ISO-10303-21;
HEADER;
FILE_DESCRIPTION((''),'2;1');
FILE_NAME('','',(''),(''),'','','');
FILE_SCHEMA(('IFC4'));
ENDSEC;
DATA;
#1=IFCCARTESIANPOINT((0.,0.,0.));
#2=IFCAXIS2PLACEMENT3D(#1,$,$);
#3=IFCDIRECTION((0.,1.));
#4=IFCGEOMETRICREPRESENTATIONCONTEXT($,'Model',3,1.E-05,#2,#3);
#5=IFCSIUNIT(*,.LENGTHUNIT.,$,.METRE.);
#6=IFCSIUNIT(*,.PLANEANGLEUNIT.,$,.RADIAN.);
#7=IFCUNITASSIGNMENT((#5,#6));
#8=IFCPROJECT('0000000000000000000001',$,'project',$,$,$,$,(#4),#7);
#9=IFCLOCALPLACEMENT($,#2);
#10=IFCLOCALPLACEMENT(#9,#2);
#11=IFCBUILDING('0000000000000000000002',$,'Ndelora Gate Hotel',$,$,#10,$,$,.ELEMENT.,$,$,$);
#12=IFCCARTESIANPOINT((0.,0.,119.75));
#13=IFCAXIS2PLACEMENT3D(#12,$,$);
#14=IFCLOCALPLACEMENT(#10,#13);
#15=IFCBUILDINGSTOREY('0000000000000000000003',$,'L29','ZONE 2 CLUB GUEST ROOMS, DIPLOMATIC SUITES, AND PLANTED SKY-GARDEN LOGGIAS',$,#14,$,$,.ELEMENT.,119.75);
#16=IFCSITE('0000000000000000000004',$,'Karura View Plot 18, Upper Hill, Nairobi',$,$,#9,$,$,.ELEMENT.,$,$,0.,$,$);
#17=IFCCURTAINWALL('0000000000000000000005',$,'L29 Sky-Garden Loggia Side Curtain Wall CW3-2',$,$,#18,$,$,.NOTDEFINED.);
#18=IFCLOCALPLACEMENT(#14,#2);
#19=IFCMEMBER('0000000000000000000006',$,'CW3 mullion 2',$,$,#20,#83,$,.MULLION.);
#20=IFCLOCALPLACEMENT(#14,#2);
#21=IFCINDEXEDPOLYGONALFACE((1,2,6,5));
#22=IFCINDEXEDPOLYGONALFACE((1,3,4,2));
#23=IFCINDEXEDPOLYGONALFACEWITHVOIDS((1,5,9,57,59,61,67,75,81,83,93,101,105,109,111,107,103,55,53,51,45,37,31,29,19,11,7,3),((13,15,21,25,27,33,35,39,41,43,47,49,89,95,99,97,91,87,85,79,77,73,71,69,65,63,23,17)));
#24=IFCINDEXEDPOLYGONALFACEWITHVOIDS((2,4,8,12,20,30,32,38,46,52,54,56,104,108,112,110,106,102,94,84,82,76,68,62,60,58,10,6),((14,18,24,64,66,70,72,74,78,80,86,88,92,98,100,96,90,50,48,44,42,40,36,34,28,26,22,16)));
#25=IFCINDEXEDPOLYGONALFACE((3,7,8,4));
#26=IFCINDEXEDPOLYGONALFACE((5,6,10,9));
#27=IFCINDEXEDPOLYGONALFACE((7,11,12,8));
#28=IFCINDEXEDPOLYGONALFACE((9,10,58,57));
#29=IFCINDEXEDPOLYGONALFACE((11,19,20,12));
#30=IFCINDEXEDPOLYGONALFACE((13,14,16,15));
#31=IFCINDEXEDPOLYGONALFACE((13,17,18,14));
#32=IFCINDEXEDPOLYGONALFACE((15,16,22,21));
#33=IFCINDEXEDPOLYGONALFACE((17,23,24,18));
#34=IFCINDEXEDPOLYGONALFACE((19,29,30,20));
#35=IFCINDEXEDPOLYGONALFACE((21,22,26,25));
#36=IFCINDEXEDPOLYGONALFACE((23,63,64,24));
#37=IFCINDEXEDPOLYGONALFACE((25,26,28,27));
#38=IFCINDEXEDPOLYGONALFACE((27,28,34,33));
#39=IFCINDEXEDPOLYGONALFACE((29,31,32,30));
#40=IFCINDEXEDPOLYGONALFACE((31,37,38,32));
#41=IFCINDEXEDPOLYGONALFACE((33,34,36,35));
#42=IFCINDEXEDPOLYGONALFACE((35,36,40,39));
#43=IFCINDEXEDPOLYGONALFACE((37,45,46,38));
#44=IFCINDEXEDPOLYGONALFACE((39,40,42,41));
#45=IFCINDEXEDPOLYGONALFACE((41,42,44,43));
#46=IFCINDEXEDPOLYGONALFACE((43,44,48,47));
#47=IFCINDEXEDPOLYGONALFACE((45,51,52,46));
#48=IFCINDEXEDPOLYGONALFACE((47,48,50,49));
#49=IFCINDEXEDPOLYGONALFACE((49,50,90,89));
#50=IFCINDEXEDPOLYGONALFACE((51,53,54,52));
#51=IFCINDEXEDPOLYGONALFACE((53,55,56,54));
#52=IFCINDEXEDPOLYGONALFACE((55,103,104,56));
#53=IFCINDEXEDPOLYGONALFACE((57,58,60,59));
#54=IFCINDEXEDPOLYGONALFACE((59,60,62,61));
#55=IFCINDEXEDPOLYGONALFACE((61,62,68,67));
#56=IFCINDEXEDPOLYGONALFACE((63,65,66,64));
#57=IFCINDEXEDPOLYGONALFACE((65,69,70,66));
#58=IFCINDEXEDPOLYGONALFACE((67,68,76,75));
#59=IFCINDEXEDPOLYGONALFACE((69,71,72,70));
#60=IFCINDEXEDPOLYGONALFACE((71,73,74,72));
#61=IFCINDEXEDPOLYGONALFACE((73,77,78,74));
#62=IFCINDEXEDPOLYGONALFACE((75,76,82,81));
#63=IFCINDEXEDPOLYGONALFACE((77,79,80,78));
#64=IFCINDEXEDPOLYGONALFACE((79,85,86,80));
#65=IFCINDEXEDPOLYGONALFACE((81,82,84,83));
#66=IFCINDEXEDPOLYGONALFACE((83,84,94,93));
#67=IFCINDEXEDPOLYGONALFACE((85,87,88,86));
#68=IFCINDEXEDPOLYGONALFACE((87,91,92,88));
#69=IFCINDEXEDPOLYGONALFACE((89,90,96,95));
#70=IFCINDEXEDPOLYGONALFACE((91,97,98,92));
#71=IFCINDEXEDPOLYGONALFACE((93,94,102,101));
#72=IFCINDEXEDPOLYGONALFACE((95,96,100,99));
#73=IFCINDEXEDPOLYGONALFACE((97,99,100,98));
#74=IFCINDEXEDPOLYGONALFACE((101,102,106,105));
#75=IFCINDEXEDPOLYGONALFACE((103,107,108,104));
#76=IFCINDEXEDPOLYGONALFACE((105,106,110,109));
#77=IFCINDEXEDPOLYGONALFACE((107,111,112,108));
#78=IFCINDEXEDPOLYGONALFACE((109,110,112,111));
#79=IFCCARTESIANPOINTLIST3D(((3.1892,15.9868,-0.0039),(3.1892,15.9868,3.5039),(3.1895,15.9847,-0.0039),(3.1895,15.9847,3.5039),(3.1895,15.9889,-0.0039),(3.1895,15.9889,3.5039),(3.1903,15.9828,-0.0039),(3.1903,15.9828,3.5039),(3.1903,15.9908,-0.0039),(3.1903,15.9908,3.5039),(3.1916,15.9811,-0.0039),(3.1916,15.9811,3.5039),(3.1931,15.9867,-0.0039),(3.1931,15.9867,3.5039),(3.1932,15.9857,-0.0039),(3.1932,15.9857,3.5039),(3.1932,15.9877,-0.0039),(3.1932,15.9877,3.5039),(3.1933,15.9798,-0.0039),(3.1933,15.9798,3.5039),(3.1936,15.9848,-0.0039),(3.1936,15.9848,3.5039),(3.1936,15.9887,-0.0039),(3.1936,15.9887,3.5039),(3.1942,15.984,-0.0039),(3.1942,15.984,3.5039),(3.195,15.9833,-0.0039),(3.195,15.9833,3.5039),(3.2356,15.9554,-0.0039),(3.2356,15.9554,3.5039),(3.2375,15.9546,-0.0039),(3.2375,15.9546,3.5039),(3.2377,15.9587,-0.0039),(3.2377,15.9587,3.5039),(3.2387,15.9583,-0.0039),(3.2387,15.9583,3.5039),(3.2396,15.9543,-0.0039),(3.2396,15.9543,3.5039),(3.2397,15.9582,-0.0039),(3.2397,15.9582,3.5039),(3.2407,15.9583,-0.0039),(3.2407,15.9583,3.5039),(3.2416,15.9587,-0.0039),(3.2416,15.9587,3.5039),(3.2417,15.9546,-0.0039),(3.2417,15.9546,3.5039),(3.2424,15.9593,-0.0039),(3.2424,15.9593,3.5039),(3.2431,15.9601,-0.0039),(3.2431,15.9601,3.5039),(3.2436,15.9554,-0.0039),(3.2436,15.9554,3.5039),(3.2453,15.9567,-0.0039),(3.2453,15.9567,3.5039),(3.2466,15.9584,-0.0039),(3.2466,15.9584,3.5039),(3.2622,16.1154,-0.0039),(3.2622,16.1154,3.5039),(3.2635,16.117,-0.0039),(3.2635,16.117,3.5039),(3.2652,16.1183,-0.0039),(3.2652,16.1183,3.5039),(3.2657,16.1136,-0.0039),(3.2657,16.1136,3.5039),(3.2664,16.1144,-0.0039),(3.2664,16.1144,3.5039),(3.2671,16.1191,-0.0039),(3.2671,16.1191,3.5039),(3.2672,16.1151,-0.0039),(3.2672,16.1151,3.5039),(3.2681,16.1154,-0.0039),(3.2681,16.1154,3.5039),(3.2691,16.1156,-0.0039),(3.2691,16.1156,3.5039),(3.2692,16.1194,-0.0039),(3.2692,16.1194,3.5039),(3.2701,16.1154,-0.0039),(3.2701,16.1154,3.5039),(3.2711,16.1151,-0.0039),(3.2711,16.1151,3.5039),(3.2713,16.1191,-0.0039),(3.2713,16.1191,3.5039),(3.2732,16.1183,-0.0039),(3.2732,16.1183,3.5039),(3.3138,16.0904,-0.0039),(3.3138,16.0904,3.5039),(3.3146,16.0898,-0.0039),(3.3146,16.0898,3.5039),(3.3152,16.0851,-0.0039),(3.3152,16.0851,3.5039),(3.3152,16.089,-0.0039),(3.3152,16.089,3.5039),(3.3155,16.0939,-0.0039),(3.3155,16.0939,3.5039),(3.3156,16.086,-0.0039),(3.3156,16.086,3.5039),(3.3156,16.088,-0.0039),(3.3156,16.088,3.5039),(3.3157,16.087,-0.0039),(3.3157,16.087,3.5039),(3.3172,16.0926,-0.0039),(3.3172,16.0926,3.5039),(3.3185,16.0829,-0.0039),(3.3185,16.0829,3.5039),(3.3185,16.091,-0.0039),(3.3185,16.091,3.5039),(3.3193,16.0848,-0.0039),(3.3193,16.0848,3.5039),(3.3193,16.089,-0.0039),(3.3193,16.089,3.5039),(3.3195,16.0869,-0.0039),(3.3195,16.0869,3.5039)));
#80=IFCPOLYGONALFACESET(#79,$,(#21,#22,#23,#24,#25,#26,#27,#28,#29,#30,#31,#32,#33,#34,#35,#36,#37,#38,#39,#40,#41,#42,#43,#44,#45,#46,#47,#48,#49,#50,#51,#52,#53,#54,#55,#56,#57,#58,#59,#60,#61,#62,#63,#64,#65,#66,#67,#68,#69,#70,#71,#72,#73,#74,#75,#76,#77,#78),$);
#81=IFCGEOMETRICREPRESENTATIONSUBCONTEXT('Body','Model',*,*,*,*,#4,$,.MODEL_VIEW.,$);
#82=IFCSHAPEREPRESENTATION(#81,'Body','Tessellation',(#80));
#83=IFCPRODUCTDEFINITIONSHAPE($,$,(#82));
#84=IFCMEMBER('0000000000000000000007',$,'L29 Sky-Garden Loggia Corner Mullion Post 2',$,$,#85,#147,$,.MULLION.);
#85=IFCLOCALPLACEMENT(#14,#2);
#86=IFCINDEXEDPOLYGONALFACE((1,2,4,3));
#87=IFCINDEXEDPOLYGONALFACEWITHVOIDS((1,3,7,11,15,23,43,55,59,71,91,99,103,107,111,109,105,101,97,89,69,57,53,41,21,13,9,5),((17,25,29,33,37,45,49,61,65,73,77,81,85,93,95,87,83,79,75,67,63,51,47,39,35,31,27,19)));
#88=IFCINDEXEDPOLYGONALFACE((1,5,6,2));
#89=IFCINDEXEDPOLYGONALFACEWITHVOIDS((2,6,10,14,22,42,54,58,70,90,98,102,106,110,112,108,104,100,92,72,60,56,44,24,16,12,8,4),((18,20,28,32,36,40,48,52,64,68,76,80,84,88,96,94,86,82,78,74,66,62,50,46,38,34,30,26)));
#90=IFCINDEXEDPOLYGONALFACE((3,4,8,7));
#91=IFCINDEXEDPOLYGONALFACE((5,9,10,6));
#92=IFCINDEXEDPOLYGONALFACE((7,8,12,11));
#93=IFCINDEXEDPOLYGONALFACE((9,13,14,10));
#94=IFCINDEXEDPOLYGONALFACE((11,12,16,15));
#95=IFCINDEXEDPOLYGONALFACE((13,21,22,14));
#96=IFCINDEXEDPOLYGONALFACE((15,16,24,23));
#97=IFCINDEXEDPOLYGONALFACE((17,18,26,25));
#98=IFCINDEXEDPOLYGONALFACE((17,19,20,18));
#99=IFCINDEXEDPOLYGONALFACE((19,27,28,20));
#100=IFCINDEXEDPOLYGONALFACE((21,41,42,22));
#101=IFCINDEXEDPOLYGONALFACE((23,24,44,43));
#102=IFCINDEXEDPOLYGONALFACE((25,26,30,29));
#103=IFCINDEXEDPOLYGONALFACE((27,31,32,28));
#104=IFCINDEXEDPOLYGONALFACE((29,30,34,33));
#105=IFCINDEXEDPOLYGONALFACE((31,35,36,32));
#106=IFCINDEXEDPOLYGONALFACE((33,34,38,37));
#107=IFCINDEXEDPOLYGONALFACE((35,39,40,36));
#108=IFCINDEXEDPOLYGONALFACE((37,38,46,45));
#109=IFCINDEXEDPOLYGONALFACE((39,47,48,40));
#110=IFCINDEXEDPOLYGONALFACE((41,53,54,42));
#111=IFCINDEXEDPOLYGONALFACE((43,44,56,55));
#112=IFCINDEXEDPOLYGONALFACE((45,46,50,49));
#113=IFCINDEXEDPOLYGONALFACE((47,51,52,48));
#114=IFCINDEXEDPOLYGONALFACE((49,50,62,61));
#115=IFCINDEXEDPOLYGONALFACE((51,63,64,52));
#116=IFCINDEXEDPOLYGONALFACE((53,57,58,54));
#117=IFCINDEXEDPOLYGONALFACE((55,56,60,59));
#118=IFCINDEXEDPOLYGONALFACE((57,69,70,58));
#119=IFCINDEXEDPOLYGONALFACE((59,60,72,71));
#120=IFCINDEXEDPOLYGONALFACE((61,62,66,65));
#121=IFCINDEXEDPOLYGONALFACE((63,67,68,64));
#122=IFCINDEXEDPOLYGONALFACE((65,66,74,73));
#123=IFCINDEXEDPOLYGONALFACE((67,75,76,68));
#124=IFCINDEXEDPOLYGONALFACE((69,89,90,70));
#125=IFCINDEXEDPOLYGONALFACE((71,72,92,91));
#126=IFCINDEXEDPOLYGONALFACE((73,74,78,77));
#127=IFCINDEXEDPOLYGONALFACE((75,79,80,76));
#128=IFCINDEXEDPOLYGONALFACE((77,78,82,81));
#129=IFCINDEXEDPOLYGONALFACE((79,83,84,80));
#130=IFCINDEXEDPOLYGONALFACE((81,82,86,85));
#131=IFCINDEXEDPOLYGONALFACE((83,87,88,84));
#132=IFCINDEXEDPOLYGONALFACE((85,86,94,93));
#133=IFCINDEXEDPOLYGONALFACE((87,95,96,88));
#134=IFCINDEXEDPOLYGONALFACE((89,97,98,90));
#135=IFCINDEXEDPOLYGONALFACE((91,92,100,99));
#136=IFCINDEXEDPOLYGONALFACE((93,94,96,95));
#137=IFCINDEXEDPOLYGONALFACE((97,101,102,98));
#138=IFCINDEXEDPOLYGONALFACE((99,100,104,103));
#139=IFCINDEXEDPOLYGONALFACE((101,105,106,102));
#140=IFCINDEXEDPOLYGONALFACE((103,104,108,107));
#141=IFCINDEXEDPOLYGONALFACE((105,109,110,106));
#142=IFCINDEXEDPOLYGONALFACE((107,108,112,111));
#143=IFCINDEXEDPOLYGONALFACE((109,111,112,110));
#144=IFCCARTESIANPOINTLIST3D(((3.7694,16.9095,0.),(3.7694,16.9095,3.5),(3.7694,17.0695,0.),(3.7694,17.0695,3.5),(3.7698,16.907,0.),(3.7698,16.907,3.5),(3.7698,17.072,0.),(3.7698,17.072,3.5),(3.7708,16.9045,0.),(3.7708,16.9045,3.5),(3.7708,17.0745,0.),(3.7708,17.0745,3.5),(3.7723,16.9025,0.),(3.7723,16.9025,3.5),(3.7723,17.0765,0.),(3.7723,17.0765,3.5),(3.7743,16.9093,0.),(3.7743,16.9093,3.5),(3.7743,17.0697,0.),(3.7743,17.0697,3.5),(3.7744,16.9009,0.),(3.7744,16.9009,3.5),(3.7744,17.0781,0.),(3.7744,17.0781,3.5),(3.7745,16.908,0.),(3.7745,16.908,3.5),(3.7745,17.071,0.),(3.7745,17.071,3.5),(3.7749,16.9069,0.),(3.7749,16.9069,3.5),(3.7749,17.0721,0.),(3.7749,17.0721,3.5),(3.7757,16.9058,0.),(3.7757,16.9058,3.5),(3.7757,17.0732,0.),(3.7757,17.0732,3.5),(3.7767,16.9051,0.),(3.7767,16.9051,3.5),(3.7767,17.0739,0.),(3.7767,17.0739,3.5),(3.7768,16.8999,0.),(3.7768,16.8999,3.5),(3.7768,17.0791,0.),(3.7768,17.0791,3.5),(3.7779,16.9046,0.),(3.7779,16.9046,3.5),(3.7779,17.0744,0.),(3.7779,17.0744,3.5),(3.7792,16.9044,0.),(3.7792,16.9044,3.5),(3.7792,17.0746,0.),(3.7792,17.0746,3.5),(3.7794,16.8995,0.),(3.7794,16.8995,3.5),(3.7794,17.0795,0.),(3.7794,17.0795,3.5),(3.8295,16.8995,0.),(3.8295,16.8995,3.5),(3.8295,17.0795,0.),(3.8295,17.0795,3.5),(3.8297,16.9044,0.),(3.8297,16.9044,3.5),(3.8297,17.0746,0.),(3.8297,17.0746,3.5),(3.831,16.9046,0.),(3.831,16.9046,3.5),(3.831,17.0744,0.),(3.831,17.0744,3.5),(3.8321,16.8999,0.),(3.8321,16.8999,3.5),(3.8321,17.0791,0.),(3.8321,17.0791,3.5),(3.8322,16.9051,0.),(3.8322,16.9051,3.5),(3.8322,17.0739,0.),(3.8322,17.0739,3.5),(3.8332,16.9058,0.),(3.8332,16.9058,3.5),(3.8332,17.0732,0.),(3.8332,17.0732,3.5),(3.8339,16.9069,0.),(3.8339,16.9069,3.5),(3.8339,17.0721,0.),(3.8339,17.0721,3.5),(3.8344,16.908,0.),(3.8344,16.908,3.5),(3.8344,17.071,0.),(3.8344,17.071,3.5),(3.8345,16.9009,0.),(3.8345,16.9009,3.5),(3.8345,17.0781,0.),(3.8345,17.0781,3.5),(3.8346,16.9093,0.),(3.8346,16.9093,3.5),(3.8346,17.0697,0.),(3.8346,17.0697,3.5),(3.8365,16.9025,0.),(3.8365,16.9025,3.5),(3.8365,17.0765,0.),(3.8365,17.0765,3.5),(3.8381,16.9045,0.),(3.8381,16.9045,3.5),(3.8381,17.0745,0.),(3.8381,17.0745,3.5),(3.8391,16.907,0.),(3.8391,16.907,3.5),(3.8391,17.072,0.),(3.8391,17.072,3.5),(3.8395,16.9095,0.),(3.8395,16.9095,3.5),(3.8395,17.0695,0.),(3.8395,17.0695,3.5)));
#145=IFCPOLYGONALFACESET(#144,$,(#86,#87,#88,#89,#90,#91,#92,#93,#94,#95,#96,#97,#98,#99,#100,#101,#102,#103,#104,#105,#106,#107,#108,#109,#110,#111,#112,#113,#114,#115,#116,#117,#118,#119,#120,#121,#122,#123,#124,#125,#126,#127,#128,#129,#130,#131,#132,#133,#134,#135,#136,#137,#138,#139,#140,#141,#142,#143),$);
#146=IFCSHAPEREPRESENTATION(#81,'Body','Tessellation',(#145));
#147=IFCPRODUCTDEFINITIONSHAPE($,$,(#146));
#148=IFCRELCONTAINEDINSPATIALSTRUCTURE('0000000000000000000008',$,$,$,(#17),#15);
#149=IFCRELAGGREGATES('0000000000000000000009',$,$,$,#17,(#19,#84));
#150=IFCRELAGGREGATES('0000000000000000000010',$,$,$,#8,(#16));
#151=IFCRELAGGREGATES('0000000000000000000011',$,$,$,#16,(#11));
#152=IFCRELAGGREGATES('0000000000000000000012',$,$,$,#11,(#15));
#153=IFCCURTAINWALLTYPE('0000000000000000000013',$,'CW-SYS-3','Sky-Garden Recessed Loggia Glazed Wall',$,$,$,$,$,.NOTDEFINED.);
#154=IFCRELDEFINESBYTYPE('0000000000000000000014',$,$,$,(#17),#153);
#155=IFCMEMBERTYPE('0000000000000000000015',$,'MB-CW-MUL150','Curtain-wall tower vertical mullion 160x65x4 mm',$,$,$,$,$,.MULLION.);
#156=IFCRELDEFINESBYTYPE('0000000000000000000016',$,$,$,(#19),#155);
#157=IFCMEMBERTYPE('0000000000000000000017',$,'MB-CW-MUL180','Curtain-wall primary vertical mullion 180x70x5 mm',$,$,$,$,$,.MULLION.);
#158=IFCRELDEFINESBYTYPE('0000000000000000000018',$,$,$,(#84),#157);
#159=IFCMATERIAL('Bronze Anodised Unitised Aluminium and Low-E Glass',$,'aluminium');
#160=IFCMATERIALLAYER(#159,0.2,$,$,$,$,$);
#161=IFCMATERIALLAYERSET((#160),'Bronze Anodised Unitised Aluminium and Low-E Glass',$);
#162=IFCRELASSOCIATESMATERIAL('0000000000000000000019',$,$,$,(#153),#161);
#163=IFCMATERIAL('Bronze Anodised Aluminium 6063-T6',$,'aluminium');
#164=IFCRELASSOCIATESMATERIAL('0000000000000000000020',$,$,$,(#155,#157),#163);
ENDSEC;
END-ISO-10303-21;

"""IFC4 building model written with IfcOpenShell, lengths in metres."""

from ifc_helpers import new_model, si_unit, direction, frame, origin, origin_2d, place, context, subcontext, project, spatial, hollow_rectangle, extrude, material, layer, layer_set, material_profile, profile_set, type_object, element, aggregate, save


model = new_model("IFC4")

# Units and contexts
model_context = context("Model", 3, precision=1e-05, world=origin(), true_north=direction((0.0, 1.0)))
body_context = subcontext(model_context, "Body", "Model", "MODEL_VIEW")
ifc_project = project(units=[si_unit("LENGTHUNIT", "METRE"), si_unit("PLANEANGLEUNIT", "RADIAN")], contexts=[model_context])

# Site, building, storey
site_placement = place(None, origin())
site = spatial("IfcSite", under=ifc_project, at=site_placement, Name="Karura View Plot 18, Upper Hill, Nairobi", CompositionType="ELEMENT", RefElevation=0.0)
building_placement = place(site_placement, origin())
building = spatial("IfcBuilding", under=site, at=building_placement, Name="Ndelora Gate Hotel", CompositionType="ELEMENT")
storey_placement = place(building_placement, frame((0.0, 0.0, 119.75)))
storey = spatial("IfcBuildingStorey", under=building, at=storey_placement, Name="L29", Description="ZONE 2 CLUB GUEST ROOMS, DIPLOMATIC SUITES, AND PLANTED SKY-GARDEN LOGGIAS", CompositionType="ELEMENT", Elevation=119.75)

# Curtain wall, members
ifc_material_1 = material(Name="Bronze Anodised Unitised Aluminium and Low-E Glass", Category="aluminium")
ifc_layer_1 = layer(ifc_material_1, 0.2)
ifc_layer_set_1 = layer_set([ifc_layer_1], Name="Bronze Anodised Unitised Aluminium and Low-E Glass")
curtain_wall_type = type_object("IfcCurtainWallType", Name="CW-SYS-3", Description="Sky-Garden Recessed Loggia Glazed Wall", PredefinedType="NOTDEFINED", material=ifc_layer_set_1)
curtain_wall_placement = place(storey_placement, origin())
curtain_wall = element("IfcCurtainWall", 1, at=curtain_wall_placement, inside=storey, type_object=curtain_wall_type, Name="L29 Sky-Garden Loggia Side Curtain Wall CW3-2", PredefinedType="NOTDEFINED")
ifc_material_2 = material(Name="Bronze Anodised Aluminium 6063-T6", Category="aluminium")
ifc_material_profile_1 = material_profile(ifc_material_2, hollow_rectangle(XDim=0.0649, YDim=0.1599, WallThickness=0.0039, InnerFilletRadius=0.0039, OuterFilletRadius=0.0081, at=origin_2d()), Name="ALU 160x65x4")
ifc_profile_set_1 = profile_set([ifc_material_profile_1], Name="Bronze Anodised Aluminium 6063-T6")
member_type_1 = type_object("IfcMemberType", Name="MB-CW-MUL150", Description="Curtain-wall tower vertical mullion 160x65x4 mm", PredefinedType="MULLION", material=ifc_profile_set_1)
member_1_placement = place(storey_placement, frame((3.2544, 16.0369, -0.0039), z_axis=(0.0, 0.0, 1.0), x_axis=(0.866019, -0.500011, 0.0)))
member_1 = element("IfcMember", 2, at=member_1_placement, type_object=member_type_1, Name="CW3 mullion 2", PredefinedType="MULLION", context=body_context, shape_type="SweptSolid", body=[
    extrude(hollow_rectangle(XDim=0.0649, YDim=0.1599, WallThickness=0.0039, InnerFilletRadius=0.0039, OuterFilletRadius=0.0081, at=origin_2d()), origin(), (0.0, 0.0, 1.0), 3.5078),
])
ifc_material_profile_2 = material_profile(ifc_material_2, hollow_rectangle(XDim=0.0701, YDim=0.1799, WallThickness=0.0049, InnerFilletRadius=0.0049, OuterFilletRadius=0.01, at=origin_2d()), Name="ALU 180x70x5")
ifc_profile_set_2 = profile_set([ifc_material_profile_2], Name="Bronze Anodised Aluminium 6063-T6")
member_type_2 = type_object("IfcMemberType", Name="MB-CW-MUL180", Description="Curtain-wall primary vertical mullion 180x70x5 mm", PredefinedType="MULLION", material=ifc_profile_set_2)
member_2_placement = place(storey_placement, frame((3.8044, 16.9895, 0.0), z_axis=(0.0, 0.0, 1.0), x_axis=(1.0, 0.0, 0.0)))
member_2 = element("IfcMember", 3, at=member_2_placement, type_object=member_type_2, Name="L29 Sky-Garden Loggia Corner Mullion Post 2", PredefinedType="MULLION", context=body_context, shape_type="SweptSolid", body=[
    extrude(hollow_rectangle(XDim=0.0701, YDim=0.1799, WallThickness=0.0049, InnerFilletRadius=0.0049, OuterFilletRadius=0.01, at=origin_2d()), origin(), (0.0, 0.0, 1.0), 3.5),
])
aggregate(curtain_wall, [member_1, member_2])

save(model, "model.ifc")
